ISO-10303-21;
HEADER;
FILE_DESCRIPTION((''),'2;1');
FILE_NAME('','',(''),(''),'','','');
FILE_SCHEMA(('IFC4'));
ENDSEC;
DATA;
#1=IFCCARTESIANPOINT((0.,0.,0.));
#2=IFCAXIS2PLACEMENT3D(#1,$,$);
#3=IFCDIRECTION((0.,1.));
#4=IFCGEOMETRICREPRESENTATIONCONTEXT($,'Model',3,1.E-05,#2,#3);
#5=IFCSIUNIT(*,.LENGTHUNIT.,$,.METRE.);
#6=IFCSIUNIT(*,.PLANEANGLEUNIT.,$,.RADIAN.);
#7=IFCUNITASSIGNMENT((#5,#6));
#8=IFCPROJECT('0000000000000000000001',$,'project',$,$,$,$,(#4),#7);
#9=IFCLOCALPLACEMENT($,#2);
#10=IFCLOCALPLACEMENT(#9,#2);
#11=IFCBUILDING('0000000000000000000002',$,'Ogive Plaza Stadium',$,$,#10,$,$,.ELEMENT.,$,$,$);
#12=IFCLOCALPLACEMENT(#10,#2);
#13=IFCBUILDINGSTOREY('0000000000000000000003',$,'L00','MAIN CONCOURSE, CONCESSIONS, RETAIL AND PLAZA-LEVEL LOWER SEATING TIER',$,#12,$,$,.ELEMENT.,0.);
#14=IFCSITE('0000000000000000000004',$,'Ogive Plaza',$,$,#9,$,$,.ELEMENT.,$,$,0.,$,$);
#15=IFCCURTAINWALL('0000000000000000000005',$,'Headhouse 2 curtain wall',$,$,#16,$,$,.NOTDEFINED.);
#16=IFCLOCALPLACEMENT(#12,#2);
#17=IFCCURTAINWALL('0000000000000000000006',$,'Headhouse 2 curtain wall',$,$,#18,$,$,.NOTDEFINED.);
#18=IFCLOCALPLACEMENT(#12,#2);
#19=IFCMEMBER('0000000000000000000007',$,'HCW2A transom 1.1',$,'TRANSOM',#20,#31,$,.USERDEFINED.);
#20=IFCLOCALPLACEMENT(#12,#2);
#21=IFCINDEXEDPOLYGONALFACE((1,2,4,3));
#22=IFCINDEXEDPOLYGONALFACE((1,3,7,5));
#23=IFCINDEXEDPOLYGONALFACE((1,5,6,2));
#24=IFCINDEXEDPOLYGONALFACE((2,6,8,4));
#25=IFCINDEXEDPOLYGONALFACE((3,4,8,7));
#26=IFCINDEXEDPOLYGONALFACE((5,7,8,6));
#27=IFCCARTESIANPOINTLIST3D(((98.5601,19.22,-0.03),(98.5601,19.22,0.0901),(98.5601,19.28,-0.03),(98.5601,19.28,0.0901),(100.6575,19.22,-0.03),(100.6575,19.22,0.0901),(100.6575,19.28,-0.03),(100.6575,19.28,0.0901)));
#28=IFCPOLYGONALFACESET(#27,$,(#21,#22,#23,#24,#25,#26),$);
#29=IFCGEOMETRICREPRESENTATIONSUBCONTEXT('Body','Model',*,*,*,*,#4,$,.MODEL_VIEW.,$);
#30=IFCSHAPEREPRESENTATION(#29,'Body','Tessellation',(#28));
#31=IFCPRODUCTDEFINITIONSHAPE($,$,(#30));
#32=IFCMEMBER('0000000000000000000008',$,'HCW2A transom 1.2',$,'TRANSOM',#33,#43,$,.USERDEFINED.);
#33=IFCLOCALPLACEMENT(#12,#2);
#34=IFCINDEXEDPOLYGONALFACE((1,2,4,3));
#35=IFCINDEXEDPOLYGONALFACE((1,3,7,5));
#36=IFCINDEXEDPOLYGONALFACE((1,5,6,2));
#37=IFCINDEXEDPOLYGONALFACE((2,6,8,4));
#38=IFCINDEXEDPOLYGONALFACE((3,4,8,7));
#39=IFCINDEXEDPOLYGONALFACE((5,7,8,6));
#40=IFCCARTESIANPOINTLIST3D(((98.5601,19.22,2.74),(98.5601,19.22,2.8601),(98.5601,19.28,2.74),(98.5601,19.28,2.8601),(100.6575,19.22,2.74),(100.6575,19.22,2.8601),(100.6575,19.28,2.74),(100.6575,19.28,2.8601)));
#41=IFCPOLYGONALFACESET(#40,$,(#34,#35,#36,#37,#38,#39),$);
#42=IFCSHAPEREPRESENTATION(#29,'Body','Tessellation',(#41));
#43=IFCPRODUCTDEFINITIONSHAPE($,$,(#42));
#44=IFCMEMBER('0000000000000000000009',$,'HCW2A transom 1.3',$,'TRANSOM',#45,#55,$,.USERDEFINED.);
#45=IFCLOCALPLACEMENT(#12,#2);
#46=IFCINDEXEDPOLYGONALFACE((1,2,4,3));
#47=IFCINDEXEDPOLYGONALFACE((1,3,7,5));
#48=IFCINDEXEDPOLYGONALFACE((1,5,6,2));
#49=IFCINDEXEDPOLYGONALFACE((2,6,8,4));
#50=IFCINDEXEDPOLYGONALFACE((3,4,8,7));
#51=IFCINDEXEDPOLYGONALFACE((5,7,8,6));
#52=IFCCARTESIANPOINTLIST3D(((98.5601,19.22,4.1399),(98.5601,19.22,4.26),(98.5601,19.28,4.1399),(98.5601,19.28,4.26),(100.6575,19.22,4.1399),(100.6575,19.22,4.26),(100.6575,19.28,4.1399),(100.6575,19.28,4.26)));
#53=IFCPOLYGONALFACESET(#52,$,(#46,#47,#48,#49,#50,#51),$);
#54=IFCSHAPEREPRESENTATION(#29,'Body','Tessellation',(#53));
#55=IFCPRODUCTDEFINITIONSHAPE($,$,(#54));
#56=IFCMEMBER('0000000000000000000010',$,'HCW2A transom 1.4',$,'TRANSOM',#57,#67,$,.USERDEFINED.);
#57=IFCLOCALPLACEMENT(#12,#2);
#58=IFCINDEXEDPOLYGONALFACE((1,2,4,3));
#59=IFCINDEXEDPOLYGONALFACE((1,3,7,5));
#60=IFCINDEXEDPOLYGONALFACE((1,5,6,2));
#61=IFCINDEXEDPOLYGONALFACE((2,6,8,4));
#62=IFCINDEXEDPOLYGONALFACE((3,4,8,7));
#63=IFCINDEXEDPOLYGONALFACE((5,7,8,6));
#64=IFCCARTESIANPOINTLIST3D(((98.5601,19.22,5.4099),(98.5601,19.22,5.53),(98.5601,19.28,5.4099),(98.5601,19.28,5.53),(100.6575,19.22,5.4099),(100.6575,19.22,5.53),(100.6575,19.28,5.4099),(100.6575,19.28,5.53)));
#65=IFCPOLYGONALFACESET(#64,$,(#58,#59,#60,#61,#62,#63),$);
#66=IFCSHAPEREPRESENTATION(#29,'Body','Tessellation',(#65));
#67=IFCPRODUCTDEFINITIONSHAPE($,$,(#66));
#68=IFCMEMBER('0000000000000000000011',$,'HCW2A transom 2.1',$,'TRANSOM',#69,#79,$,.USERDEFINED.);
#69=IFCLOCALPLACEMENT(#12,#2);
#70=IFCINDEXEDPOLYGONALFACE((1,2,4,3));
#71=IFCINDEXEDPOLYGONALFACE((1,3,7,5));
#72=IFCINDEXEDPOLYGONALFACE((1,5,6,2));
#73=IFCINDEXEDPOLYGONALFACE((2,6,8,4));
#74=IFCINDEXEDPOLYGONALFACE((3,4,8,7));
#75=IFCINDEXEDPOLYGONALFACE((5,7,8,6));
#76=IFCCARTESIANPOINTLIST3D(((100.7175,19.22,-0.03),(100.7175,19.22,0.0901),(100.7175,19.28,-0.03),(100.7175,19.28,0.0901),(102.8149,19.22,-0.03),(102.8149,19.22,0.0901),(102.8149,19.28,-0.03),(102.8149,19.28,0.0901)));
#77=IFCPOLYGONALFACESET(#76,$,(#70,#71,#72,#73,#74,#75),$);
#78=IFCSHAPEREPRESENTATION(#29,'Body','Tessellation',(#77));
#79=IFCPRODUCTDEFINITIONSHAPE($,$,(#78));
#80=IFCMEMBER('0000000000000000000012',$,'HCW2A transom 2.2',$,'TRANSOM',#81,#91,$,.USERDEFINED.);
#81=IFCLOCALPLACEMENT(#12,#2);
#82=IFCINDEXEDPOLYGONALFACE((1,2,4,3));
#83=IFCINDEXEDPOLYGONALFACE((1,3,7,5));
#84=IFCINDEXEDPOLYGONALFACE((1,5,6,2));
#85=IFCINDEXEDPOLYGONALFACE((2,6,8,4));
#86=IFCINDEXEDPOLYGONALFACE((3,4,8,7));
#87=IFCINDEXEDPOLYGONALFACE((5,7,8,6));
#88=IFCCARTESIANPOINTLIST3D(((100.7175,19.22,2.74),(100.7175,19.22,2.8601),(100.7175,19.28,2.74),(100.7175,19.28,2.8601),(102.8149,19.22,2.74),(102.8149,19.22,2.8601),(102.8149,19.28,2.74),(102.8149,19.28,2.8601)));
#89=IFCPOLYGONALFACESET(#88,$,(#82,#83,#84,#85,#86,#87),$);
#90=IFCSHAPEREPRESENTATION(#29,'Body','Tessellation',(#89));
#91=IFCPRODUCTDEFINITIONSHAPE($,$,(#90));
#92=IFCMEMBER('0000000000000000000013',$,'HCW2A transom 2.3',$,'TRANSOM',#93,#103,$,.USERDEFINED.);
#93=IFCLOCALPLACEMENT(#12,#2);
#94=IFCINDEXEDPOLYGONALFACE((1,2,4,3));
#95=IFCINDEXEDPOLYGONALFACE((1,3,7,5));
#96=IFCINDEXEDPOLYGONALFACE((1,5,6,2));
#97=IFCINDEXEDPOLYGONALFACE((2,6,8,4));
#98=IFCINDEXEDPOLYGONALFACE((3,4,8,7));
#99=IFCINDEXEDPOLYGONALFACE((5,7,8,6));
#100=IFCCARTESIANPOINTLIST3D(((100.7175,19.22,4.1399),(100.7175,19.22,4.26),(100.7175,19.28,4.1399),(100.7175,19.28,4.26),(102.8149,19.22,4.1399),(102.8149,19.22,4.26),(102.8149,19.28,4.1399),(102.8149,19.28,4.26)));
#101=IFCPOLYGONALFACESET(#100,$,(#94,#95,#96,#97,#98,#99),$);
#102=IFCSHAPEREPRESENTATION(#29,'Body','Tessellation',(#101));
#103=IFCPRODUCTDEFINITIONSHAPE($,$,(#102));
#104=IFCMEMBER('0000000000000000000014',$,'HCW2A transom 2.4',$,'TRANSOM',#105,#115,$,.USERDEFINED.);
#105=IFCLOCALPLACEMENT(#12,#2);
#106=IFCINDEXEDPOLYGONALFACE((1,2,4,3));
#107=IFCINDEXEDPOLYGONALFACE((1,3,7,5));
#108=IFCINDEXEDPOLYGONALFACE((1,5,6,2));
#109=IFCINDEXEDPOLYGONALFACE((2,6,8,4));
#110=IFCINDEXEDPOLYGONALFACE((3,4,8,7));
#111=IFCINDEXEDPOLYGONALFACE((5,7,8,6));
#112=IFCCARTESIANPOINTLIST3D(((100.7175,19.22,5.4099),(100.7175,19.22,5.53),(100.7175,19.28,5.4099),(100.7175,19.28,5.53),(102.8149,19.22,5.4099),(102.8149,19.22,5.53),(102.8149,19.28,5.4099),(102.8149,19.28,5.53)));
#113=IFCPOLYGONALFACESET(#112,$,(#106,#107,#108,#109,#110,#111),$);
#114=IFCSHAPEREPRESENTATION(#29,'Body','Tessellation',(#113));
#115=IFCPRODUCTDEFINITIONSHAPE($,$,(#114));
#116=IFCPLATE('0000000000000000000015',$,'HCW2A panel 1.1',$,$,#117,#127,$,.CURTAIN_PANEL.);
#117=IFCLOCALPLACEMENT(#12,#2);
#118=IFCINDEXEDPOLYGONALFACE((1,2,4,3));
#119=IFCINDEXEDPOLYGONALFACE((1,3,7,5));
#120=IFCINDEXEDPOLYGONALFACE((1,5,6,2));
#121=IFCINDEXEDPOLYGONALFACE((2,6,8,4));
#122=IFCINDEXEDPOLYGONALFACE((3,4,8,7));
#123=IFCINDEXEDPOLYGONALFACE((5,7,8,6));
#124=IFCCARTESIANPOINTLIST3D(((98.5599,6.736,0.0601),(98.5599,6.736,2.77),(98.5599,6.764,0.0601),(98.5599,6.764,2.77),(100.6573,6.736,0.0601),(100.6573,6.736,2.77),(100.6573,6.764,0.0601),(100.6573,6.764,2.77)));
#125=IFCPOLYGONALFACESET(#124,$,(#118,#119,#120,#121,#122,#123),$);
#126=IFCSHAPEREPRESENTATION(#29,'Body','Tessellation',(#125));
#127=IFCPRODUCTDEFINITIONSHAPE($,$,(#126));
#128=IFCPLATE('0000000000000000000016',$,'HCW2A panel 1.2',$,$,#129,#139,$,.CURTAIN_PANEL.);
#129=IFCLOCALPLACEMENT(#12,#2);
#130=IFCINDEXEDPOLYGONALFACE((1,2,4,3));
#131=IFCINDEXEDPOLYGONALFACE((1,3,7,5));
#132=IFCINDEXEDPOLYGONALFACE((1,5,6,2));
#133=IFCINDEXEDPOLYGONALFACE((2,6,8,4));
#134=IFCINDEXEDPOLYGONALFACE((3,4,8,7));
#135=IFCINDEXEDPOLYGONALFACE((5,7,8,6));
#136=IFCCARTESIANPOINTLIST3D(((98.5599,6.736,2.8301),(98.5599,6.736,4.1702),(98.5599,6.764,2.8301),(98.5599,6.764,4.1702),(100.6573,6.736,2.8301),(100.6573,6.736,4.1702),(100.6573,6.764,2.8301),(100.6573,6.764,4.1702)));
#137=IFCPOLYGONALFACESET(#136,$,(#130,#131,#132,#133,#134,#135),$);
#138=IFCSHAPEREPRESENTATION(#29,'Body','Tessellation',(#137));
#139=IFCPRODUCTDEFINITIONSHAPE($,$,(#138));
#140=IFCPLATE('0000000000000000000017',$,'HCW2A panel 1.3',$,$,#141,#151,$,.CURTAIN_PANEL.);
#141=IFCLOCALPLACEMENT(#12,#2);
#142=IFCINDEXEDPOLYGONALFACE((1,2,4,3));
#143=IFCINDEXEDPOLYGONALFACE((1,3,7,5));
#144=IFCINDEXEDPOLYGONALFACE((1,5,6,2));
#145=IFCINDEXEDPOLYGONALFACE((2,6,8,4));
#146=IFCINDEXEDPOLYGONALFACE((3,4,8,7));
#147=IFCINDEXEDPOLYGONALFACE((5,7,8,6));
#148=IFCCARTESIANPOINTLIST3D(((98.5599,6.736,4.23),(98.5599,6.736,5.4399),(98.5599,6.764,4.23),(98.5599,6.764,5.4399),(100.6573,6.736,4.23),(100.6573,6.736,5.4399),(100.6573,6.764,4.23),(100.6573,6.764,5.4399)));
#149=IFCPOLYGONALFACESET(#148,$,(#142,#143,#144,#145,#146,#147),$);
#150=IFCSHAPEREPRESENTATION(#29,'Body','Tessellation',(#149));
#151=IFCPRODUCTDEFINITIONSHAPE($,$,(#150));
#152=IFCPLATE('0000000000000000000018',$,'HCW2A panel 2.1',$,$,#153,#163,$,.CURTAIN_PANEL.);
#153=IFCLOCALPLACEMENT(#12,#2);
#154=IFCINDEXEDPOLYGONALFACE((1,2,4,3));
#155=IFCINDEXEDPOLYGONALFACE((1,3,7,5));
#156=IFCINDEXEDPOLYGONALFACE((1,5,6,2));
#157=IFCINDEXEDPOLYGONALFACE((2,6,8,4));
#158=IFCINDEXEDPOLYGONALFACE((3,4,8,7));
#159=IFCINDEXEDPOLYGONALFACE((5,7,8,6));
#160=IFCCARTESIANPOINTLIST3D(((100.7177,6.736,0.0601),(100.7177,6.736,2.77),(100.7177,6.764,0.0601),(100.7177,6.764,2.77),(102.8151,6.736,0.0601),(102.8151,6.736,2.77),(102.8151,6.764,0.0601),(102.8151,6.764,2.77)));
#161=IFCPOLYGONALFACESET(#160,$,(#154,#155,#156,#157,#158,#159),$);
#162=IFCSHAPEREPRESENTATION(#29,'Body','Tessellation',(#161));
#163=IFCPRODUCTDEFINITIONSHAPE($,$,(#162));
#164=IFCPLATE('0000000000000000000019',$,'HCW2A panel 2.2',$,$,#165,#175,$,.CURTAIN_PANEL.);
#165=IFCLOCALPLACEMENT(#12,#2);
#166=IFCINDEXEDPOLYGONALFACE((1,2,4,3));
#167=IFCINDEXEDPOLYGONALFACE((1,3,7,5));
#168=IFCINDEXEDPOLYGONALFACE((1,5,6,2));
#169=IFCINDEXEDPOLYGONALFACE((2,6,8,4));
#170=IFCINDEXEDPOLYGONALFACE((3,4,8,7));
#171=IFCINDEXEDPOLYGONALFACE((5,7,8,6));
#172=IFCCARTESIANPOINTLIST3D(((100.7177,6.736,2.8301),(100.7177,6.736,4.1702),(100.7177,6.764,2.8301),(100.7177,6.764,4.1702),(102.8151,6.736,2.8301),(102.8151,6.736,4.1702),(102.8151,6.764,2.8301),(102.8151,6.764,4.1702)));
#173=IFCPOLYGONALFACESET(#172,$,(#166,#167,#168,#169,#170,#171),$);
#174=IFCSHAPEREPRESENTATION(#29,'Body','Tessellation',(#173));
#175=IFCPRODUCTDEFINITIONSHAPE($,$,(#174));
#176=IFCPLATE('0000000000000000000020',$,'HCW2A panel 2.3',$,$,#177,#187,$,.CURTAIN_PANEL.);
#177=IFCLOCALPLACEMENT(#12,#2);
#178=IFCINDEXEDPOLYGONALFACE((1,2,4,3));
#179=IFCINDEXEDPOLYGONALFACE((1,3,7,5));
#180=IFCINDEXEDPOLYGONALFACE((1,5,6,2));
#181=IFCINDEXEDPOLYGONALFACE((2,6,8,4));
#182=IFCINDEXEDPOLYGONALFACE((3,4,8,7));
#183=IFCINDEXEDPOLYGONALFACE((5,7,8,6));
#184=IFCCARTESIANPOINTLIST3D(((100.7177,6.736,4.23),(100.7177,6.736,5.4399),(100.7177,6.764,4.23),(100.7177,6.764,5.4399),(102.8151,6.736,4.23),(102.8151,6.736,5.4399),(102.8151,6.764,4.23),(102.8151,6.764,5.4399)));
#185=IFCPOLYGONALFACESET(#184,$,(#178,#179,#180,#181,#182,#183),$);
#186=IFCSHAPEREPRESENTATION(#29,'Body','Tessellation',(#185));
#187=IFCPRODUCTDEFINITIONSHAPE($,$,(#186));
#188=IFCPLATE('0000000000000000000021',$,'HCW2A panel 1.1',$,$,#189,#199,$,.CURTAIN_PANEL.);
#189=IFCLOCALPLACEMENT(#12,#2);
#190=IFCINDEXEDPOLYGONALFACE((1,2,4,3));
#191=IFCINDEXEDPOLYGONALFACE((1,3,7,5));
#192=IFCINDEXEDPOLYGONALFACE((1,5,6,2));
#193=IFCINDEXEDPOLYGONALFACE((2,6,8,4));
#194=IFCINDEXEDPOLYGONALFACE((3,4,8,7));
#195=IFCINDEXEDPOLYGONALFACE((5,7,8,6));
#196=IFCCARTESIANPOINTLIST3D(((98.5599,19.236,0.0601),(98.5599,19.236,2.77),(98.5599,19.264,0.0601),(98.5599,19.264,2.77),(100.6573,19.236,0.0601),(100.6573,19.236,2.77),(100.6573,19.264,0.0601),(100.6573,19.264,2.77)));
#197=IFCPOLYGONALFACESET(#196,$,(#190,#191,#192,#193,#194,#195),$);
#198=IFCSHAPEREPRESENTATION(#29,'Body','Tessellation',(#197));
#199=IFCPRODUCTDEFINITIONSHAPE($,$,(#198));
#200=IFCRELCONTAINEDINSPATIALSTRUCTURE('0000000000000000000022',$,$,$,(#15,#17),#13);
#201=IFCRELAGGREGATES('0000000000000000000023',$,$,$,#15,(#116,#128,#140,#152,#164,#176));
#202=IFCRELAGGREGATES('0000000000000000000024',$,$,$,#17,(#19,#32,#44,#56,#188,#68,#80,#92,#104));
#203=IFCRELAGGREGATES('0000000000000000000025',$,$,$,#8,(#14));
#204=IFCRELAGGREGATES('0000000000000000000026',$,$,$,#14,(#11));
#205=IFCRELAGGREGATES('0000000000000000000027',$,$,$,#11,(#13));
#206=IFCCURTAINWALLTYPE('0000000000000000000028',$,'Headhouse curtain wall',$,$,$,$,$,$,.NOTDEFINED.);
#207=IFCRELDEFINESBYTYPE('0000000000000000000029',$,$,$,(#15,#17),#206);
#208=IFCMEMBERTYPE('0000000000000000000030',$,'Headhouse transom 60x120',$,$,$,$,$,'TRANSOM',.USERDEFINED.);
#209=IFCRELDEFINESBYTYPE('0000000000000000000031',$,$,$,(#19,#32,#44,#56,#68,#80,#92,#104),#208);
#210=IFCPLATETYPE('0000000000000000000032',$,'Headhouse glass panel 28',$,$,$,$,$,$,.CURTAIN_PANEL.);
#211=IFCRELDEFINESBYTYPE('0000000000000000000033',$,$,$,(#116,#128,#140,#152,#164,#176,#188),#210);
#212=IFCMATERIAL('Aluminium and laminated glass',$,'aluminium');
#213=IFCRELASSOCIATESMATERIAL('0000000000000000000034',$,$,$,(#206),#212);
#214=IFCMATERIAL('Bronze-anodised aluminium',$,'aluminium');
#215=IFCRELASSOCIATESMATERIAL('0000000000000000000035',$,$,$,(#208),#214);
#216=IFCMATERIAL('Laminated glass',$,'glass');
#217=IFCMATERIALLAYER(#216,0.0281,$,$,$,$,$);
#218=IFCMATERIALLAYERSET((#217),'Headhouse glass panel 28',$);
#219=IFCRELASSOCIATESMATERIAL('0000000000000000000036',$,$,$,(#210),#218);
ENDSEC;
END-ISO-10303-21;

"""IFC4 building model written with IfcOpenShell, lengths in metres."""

from ifc_helpers import new_model, si_unit, direction, frame, origin, origin_2d, place, context, subcontext, project, spatial, rectangle, extrude, material, layer, layer_set, material_profile, profile_set, type_object, element, aggregate, save


model = new_model("IFC4")

# Units and contexts
model_context = context("Model", 3, precision=1e-05, world=origin(), true_north=direction((0.0, 1.0)))
body_context = subcontext(model_context, "Body", "Model", "MODEL_VIEW")
ifc_project = project(units=[si_unit("LENGTHUNIT", "METRE"), si_unit("PLANEANGLEUNIT", "RADIAN")], contexts=[model_context])

# Site, building, storey
site_placement = place(None, origin())
site = spatial("IfcSite", under=ifc_project, at=site_placement, Name="Ogive Plaza", CompositionType="ELEMENT", RefElevation=0.0)
building_placement = place(site_placement, origin())
building = spatial("IfcBuilding", under=site, at=building_placement, Name="Ogive Plaza Stadium", CompositionType="ELEMENT")
storey_placement = place(building_placement, origin())
storey = spatial("IfcBuildingStorey", under=building, at=storey_placement, Name="L00", Description="MAIN CONCOURSE, CONCESSIONS, RETAIL AND PLAZA-LEVEL LOWER SEATING TIER", CompositionType="ELEMENT", Elevation=0.0)

# Curtain walls
ifc_material_1 = material(Name="Aluminium and laminated glass", Category="aluminium")
curtain_wall_type = type_object("IfcCurtainWallType", Name="Headhouse curtain wall", PredefinedType="NOTDEFINED", material=ifc_material_1)
curtain_wall_1_placement = place(storey_placement, origin())
curtain_wall_1 = element("IfcCurtainWall", 1, at=curtain_wall_1_placement, inside=storey, type_object=curtain_wall_type, Name="Headhouse 2 curtain wall", PredefinedType="NOTDEFINED")
curtain_wall_2_placement = place(storey_placement, origin())
curtain_wall_2 = element("IfcCurtainWall", 2, at=curtain_wall_2_placement, inside=storey, type_object=curtain_wall_type, Name="Headhouse 2 curtain wall", PredefinedType="NOTDEFINED")

# Members
ifc_material_2 = material(Name="Bronze-anodised aluminium", Category="aluminium")
ifc_material_profile_1 = material_profile(ifc_material_2, rectangle(XDim=0.0601, YDim=0.1201, at=origin_2d()), Name="Headhouse transom 60x120")
ifc_profile_set_1 = profile_set([ifc_material_profile_1], Name="Bronze-anodised aluminium")
member_type_1 = type_object("IfcMemberType", Name="Headhouse transom 60x120", ElementType="TRANSOM", PredefinedType="USERDEFINED", material=ifc_profile_set_1)
member_1_placement = place(storey_placement, frame((98.5601, 19.25, 0.03), z_axis=(1.0, 0.0, 0.0), x_axis=(0.0, 1.0, 0.0)))
member_1 = element("IfcMember", 3, at=member_1_placement, type_object=member_type_1, Name="HCW2A transom 1.1", ObjectType="TRANSOM", PredefinedType="USERDEFINED", context=body_context, shape_type="SweptSolid", body=[
    extrude(rectangle(XDim=0.0601, YDim=0.1201, at=origin_2d()), origin(), (0.0, 0.0, 1.0), 2.0974),
])
member_2_placement = place(storey_placement, frame((98.5601, 19.25, 2.8), z_axis=(1.0, 0.0, 0.0), x_axis=(0.0, 1.0, 0.0)))
member_2 = element("IfcMember", 4, at=member_2_placement, type_object=member_type_1, Name="HCW2A transom 1.2", ObjectType="TRANSOM", PredefinedType="USERDEFINED", context=body_context, shape_type="SweptSolid", body=[
    extrude(rectangle(XDim=0.0601, YDim=0.1201, at=origin_2d()), origin(), (0.0, 0.0, 1.0), 2.0974),
])
member_3_placement = place(storey_placement, frame((98.5601, 19.25, 4.2), z_axis=(1.0, 0.0, 0.0), x_axis=(0.0, 1.0, 0.0)))
member_3 = element("IfcMember", 5, at=member_3_placement, type_object=member_type_1, Name="HCW2A transom 1.3", ObjectType="TRANSOM", PredefinedType="USERDEFINED", context=body_context, shape_type="SweptSolid", body=[
    extrude(rectangle(XDim=0.0601, YDim=0.1201, at=origin_2d()), origin(), (0.0, 0.0, 1.0), 2.0974),
])
member_4_placement = place(storey_placement, frame((98.5601, 19.25, 5.47), z_axis=(1.0, 0.0, 0.0), x_axis=(0.0, 1.0, 0.0)))
member_4 = element("IfcMember", 6, at=member_4_placement, type_object=member_type_1, Name="HCW2A transom 1.4", ObjectType="TRANSOM", PredefinedType="USERDEFINED", context=body_context, shape_type="SweptSolid", body=[
    extrude(rectangle(XDim=0.0601, YDim=0.1201, at=origin_2d()), origin(), (0.0, 0.0, 1.0), 2.0974),
])
member_5_placement = place(storey_placement, frame((100.7175, 19.25, 0.03), z_axis=(1.0, 0.0, 0.0), x_axis=(0.0, 1.0, 0.0)))
member_5 = element("IfcMember", 7, at=member_5_placement, type_object=member_type_1, Name="HCW2A transom 2.1", ObjectType="TRANSOM", PredefinedType="USERDEFINED", context=body_context, shape_type="SweptSolid", body=[
    extrude(rectangle(XDim=0.0601, YDim=0.1201, at=origin_2d()), origin(), (0.0, 0.0, 1.0), 2.0974),
])
member_6_placement = place(storey_placement, frame((100.7175, 19.25, 2.8), z_axis=(1.0, 0.0, 0.0), x_axis=(0.0, 1.0, 0.0)))
member_6 = element("IfcMember", 8, at=member_6_placement, type_object=member_type_1, Name="HCW2A transom 2.2", ObjectType="TRANSOM", PredefinedType="USERDEFINED", context=body_context, shape_type="SweptSolid", body=[
    extrude(rectangle(XDim=0.0601, YDim=0.1201, at=origin_2d()), origin(), (0.0, 0.0, 1.0), 2.0974),
])
member_7_placement = place(storey_placement, frame((100.7175, 19.25, 4.2), z_axis=(1.0, 0.0, 0.0), x_axis=(0.0, 1.0, 0.0)))
member_7 = element("IfcMember", 9, at=member_7_placement, type_object=member_type_1, Name="HCW2A transom 2.3", ObjectType="TRANSOM", PredefinedType="USERDEFINED", context=body_context, shape_type="SweptSolid", body=[
    extrude(rectangle(XDim=0.0601, YDim=0.1201, at=origin_2d()), origin(), (0.0, 0.0, 1.0), 2.0974),
])
member_8_placement = place(storey_placement, frame((100.7175, 19.25, 5.47), z_axis=(1.0, 0.0, 0.0), x_axis=(0.0, 1.0, 0.0)))
member_8 = element("IfcMember", 10, at=member_8_placement, type_object=member_type_1, Name="HCW2A transom 2.4", ObjectType="TRANSOM", PredefinedType="USERDEFINED", context=body_context, shape_type="SweptSolid", body=[
    extrude(rectangle(XDim=0.0601, YDim=0.1201, at=origin_2d()), origin(), (0.0, 0.0, 1.0), 2.0974),
])

# Plates
ifc_material_3 = material(Name="Laminated glass", Category="glass")
ifc_layer = layer(ifc_material_3, 0.0281)
ifc_layer_set = layer_set([ifc_layer], Name="Headhouse glass panel 28")
plate_type = type_object("IfcPlateType", Name="Headhouse glass panel 28", PredefinedType="CURTAIN_PANEL", material=ifc_layer_set)
plate_1_placement = place(storey_placement, frame((99.6086, 6.75, 0.0601), z_axis=(0.0, 0.0, 1.0), x_axis=(1.0, 0.0, 0.0)))
plate_1 = element("IfcPlate", 11, at=plate_1_placement, type_object=plate_type, Name="HCW2A panel 1.1", PredefinedType="CURTAIN_PANEL", context=body_context, shape_type="SweptSolid", body=[
    extrude(rectangle(XDim=2.0974, YDim=0.0281, at=origin_2d()), origin(), (0.0, 0.0, 1.0), 2.71),
])
plate_2_placement = place(storey_placement, frame((99.6086, 6.75, 2.8301), z_axis=(0.0, 0.0, 1.0), x_axis=(1.0, 0.0, 0.0)))
plate_2 = element("IfcPlate", 12, at=plate_2_placement, type_object=plate_type, Name="HCW2A panel 1.2", PredefinedType="CURTAIN_PANEL", context=body_context, shape_type="SweptSolid", body=[
    extrude(rectangle(XDim=2.0974, YDim=0.0281, at=origin_2d()), origin(), (0.0, 0.0, 1.0), 1.3401),
])
plate_3_placement = place(storey_placement, frame((99.6086, 6.75, 4.23), z_axis=(0.0, 0.0, 1.0), x_axis=(1.0, 0.0, 0.0)))
plate_3 = element("IfcPlate", 13, at=plate_3_placement, type_object=plate_type, Name="HCW2A panel 1.3", PredefinedType="CURTAIN_PANEL", context=body_context, shape_type="SweptSolid", body=[
    extrude(rectangle(XDim=2.0974, YDim=0.0281, at=origin_2d()), origin(), (0.0, 0.0, 1.0), 1.21),
])
plate_4_placement = place(storey_placement, frame((101.7664, 6.75, 0.0601), z_axis=(0.0, 0.0, 1.0), x_axis=(1.0, 0.0, 0.0)))
plate_4 = element("IfcPlate", 14, at=plate_4_placement, type_object=plate_type, Name="HCW2A panel 2.1", PredefinedType="CURTAIN_PANEL", context=body_context, shape_type="SweptSolid", body=[
    extrude(rectangle(XDim=2.0974, YDim=0.0281, at=origin_2d()), origin(), (0.0, 0.0, 1.0), 2.71),
])
plate_5_placement = place(storey_placement, frame((101.7664, 6.75, 2.8301), z_axis=(0.0, 0.0, 1.0), x_axis=(1.0, 0.0, 0.0)))
plate_5 = element("IfcPlate", 15, at=plate_5_placement, type_object=plate_type, Name="HCW2A panel 2.2", PredefinedType="CURTAIN_PANEL", context=body_context, shape_type="SweptSolid", body=[
    extrude(rectangle(XDim=2.0974, YDim=0.0281, at=origin_2d()), origin(), (0.0, 0.0, 1.0), 1.3401),
])
plate_6_placement = place(storey_placement, frame((101.7664, 6.75, 4.23), z_axis=(0.0, 0.0, 1.0), x_axis=(1.0, 0.0, 0.0)))
plate_6 = element("IfcPlate", 16, at=plate_6_placement, type_object=plate_type, Name="HCW2A panel 2.3", PredefinedType="CURTAIN_PANEL", context=body_context, shape_type="SweptSolid", body=[
    extrude(rectangle(XDim=2.0974, YDim=0.0281, at=origin_2d()), origin(), (0.0, 0.0, 1.0), 1.21),
])
aggregate(curtain_wall_1, [plate_1, plate_2, plate_3, plate_4, plate_5, plate_6])
plate_7_placement = place(storey_placement, frame((99.6086, 19.25, 0.0601), z_axis=(0.0, 0.0, 1.0), x_axis=(1.0, 0.0, 0.0)))
plate_7 = element("IfcPlate", 17, at=plate_7_placement, type_object=plate_type, Name="HCW2A panel 1.1", PredefinedType="CURTAIN_PANEL", context=body_context, shape_type="SweptSolid", body=[
    extrude(rectangle(XDim=2.0974, YDim=0.0281, at=origin_2d()), origin(), (0.0, 0.0, 1.0), 2.71),
])
aggregate(curtain_wall_2, [member_1, member_2, member_3, member_4, plate_7, member_5, member_6, member_7, member_8])

save(model, "model.ifc")
